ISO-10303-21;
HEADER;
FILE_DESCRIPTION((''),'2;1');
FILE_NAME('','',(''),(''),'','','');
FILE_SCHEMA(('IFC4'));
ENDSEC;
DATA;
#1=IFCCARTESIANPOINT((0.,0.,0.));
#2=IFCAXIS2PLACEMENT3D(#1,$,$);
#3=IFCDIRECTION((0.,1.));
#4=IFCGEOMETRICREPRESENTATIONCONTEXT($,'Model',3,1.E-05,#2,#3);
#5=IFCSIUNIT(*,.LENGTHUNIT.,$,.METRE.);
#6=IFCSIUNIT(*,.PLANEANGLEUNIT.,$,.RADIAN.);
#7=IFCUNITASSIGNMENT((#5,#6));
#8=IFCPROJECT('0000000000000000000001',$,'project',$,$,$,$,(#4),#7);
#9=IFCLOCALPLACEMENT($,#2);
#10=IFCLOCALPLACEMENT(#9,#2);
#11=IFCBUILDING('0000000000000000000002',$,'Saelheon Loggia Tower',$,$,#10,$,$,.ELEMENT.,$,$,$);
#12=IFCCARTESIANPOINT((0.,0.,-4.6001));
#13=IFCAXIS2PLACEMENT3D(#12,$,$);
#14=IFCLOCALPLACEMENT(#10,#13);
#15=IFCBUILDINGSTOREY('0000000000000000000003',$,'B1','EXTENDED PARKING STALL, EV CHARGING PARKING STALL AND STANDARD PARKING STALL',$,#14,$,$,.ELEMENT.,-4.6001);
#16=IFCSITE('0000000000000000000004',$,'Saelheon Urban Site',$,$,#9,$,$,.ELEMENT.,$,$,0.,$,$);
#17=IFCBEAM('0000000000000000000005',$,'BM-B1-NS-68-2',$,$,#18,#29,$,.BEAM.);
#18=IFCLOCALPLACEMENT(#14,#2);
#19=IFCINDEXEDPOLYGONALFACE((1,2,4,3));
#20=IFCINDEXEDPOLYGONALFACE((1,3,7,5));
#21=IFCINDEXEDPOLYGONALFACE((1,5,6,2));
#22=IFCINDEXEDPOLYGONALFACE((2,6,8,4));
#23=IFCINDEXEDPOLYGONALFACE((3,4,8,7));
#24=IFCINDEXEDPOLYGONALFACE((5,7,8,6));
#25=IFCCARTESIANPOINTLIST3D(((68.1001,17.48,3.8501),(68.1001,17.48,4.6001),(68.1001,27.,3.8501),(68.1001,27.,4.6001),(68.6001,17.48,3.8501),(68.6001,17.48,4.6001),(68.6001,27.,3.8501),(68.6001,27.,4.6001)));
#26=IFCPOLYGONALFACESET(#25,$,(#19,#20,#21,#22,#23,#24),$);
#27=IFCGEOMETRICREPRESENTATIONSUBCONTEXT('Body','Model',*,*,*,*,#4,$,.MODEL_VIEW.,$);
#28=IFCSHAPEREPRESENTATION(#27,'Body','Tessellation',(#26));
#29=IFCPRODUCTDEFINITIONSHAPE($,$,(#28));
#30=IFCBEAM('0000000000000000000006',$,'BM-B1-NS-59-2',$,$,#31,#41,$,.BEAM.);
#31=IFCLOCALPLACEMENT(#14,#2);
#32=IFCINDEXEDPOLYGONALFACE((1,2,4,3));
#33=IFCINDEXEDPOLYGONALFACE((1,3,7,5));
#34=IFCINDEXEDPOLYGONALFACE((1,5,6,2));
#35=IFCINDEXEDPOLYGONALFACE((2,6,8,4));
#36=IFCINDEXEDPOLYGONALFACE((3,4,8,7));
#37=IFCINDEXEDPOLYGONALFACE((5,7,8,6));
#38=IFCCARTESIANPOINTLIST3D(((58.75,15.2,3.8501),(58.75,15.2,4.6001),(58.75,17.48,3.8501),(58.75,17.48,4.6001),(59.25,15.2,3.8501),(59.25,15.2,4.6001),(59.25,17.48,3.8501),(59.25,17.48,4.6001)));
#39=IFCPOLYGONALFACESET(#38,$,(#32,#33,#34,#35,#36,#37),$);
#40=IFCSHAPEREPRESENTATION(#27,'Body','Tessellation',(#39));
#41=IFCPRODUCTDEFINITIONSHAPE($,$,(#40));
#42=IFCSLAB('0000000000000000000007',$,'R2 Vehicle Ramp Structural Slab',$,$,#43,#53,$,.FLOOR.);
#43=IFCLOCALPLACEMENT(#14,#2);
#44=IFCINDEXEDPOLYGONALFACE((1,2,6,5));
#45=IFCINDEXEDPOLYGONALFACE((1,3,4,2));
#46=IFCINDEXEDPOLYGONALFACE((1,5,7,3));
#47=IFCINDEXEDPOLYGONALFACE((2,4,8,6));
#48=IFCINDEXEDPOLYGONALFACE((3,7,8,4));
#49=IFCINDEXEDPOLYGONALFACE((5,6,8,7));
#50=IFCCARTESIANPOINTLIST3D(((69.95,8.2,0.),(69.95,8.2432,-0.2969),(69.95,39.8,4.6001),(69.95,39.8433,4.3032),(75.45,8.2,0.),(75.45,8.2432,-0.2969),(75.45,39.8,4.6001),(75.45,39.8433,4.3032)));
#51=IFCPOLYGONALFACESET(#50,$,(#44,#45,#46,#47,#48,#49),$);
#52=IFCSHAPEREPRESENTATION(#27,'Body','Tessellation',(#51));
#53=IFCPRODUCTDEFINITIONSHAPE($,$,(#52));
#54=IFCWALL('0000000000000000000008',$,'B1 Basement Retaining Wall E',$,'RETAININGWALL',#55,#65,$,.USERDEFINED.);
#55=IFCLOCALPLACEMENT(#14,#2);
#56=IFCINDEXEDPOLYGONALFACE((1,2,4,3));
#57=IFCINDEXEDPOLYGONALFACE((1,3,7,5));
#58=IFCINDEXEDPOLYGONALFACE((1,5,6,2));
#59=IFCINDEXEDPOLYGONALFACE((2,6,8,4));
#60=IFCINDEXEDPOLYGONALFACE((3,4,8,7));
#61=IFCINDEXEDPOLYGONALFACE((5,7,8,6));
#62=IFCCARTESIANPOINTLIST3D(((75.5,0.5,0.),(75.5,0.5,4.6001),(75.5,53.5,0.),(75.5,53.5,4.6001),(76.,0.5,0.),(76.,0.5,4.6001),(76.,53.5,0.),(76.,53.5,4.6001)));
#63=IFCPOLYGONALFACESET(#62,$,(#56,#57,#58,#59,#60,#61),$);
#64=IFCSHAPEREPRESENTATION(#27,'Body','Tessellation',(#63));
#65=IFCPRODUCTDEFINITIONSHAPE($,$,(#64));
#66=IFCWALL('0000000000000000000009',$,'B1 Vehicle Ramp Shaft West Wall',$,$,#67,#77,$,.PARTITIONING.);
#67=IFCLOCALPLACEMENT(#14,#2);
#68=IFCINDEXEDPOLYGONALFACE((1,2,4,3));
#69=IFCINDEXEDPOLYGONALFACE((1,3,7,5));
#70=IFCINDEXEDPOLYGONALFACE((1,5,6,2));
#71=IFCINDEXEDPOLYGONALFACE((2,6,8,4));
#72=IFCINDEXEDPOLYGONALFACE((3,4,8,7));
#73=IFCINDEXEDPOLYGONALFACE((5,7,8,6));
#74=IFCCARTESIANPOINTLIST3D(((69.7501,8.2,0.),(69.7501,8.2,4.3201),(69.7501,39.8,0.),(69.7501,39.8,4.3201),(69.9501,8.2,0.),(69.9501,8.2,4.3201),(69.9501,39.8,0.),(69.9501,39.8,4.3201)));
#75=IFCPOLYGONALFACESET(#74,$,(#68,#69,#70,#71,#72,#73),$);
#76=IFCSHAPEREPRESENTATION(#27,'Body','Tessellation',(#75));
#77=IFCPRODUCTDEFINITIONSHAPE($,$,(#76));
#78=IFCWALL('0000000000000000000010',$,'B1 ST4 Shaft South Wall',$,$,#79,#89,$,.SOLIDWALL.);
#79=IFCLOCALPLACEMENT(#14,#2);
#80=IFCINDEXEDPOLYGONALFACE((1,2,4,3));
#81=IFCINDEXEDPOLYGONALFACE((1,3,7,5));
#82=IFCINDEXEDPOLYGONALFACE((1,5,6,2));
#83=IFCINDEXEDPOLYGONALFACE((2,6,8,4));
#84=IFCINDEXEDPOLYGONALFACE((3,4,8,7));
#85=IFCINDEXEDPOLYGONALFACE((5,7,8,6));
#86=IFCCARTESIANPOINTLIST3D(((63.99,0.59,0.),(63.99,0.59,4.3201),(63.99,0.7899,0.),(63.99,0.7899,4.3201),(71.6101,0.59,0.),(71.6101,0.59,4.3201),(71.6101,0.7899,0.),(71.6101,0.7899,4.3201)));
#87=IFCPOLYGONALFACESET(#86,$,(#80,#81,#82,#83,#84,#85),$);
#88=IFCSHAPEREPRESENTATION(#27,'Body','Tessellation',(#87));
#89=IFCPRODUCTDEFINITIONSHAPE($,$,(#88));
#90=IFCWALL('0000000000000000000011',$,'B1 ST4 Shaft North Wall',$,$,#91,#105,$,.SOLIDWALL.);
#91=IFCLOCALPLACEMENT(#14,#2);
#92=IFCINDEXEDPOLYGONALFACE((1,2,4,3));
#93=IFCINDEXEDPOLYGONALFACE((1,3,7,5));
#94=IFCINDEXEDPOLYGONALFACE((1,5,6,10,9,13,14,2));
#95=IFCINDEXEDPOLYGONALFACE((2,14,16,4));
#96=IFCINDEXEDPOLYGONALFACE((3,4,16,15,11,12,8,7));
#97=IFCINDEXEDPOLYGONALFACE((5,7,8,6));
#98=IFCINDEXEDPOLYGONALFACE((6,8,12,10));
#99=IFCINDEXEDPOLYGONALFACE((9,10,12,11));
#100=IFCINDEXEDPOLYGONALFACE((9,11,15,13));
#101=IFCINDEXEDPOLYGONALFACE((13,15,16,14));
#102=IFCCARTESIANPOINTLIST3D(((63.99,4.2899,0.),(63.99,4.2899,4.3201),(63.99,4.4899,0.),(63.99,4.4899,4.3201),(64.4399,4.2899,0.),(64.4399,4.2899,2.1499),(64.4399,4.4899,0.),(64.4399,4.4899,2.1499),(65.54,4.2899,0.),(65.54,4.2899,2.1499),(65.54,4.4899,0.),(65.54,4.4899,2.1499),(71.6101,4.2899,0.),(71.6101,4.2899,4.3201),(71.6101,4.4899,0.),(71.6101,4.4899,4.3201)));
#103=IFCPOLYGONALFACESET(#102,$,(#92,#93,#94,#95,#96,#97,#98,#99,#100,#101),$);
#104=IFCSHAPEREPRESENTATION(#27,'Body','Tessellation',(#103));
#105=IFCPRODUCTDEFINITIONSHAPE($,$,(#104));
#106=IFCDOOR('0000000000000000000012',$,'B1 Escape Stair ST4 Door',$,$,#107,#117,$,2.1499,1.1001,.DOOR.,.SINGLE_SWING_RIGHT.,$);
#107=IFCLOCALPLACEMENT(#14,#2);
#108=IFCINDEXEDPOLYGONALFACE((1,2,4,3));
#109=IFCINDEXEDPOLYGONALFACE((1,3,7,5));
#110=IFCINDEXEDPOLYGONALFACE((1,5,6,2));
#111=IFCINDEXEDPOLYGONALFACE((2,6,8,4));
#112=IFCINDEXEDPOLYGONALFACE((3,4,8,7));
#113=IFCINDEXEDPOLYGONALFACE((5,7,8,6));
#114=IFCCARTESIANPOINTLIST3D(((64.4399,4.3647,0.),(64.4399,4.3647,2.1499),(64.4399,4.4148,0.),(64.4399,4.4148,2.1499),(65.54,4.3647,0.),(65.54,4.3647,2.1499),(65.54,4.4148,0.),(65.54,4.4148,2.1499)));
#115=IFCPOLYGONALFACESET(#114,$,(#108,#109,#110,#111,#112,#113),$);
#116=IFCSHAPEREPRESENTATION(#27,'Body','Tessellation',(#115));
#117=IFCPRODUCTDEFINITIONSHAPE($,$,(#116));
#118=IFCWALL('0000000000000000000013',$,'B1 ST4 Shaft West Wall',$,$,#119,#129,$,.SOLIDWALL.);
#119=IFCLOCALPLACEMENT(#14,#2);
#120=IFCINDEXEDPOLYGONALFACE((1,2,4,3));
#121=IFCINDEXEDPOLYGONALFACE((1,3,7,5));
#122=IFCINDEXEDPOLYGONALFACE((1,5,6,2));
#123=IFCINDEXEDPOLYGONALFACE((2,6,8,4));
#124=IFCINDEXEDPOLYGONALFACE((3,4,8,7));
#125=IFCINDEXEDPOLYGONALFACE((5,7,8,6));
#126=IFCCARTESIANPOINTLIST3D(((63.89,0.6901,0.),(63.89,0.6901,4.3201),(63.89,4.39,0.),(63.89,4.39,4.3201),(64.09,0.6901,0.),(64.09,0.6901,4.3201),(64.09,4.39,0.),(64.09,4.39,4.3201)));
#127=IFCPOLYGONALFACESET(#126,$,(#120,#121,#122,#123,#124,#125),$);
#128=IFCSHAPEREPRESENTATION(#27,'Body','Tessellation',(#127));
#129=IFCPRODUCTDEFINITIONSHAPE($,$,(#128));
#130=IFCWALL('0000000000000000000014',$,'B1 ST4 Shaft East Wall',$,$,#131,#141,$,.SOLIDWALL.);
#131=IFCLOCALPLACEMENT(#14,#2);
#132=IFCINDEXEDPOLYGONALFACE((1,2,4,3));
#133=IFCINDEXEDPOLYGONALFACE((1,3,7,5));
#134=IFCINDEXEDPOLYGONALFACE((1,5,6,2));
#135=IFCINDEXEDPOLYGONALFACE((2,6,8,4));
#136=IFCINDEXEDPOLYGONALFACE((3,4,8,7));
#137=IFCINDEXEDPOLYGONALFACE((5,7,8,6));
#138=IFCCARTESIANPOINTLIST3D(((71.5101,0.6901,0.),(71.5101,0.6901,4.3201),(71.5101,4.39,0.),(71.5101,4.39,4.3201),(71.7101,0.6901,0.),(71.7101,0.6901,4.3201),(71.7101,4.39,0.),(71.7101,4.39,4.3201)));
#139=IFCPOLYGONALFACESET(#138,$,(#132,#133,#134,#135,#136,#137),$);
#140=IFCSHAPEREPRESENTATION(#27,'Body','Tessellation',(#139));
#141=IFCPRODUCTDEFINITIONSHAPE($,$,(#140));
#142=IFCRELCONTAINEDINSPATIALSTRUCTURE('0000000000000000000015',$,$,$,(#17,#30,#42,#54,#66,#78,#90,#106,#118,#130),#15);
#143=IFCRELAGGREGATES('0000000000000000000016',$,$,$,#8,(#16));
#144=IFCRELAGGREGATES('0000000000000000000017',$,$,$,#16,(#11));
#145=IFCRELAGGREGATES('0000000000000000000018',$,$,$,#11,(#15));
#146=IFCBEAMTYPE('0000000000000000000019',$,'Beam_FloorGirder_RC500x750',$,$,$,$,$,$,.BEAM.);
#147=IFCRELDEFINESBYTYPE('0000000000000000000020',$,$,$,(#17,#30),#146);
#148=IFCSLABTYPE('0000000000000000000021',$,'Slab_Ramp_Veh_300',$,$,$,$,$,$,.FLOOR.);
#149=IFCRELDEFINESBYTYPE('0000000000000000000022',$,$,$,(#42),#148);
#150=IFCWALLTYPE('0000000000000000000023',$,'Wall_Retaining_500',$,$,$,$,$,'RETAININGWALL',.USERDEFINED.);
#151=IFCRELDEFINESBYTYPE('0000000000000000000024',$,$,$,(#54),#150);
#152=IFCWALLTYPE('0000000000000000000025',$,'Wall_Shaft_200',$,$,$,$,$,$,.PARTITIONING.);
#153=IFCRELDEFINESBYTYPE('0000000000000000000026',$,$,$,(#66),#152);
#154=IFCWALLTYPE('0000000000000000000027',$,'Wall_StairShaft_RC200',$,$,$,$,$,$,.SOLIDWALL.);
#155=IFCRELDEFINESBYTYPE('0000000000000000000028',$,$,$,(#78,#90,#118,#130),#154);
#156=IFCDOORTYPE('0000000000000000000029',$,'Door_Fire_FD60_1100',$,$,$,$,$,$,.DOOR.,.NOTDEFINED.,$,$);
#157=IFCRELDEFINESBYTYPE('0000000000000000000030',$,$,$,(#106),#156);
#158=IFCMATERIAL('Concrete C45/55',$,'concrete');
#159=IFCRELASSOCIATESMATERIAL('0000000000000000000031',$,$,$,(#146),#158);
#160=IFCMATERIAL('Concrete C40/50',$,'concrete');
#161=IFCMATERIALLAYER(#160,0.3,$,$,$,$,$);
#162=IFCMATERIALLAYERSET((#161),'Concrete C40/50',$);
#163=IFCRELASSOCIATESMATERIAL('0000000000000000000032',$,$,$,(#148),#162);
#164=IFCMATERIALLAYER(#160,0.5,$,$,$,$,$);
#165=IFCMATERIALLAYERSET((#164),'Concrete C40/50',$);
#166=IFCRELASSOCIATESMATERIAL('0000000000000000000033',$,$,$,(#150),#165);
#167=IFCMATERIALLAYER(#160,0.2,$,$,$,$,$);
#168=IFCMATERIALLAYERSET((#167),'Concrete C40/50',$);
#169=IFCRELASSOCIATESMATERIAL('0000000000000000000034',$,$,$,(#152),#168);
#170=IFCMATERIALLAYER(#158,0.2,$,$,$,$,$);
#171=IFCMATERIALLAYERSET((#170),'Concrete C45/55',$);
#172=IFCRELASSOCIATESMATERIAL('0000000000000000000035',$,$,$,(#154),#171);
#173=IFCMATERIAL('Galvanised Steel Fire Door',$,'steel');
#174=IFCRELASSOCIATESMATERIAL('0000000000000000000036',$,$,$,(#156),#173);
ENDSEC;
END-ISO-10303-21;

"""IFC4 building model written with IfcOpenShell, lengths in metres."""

from ifc_helpers import new_model, si_unit, direction, frame, frame_2d, origin, origin_2d, place, context, subcontext, project, spatial, polyline, rectangle, outline, extrude, source, transform, mapped, material, layer, layer_set, material_profile, profile_set, type_object, element, fill, save


model = new_model("IFC4")

# Units and contexts
model_context = context("Model", 3, precision=1e-05, world=origin(), true_north=direction((0.0, 1.0)))
body_context = subcontext(model_context, "Body", "Model", "MODEL_VIEW")
ifc_project = project(units=[si_unit("LENGTHUNIT", "METRE"), si_unit("PLANEANGLEUNIT", "RADIAN")], contexts=[model_context])

# Site, building, storey
site_placement = place(None, origin())
site = spatial("IfcSite", under=ifc_project, at=site_placement, Name="Saelheon Urban Site", CompositionType="ELEMENT", RefElevation=0.0)
building_placement = place(site_placement, origin())
building = spatial("IfcBuilding", under=site, at=building_placement, Name="Saelheon Loggia Tower", CompositionType="ELEMENT")
storey_placement = place(building_placement, frame((0.0, 0.0, -4.6001)))
storey = spatial("IfcBuildingStorey", under=building, at=storey_placement, Name="B1", Description="EXTENDED PARKING STALL, EV CHARGING PARKING STALL AND STANDARD PARKING STALL", CompositionType="ELEMENT", Elevation=-4.6001)

# Shared definitions
ifc_material_1 = material(Name="Concrete C45/55", Category="concrete")

# Beams
ifc_material_profile_1 = material_profile(ifc_material_1, rectangle(XDim=0.5, YDim=0.75, at=origin_2d()), Name="RC-500x750")
ifc_profile_set_1 = profile_set([ifc_material_profile_1], Name="Concrete C45/55")
beam_type_1 = type_object("IfcBeamType", Name="Beam_FloorGirder_RC500x750", PredefinedType="BEAM", material=ifc_profile_set_1)
shared_shape_1 = source(origin(), body_context, "Body", "SweptSolid", [
    extrude(rectangle(XDim=0.5, YDim=0.75, at=origin_2d()), origin(), (0.0, 0.0, 1.0), 9.52),
])
for number, where, z_axis, x_axis, name in (
    (1, (68.3501, 17.48, 4.2251), (0.0, 1.0, 0.0), (-1.0, 0.0, 0.0), "BM-B1-NS-68-2"),
):
    element("IfcBeam", number, at=place(storey_placement, frame(where, z_axis=z_axis, x_axis=x_axis)), inside=storey, type_object=beam_type_1, Name=name, PredefinedType="BEAM", context=body_context, shape_type="MappedRepresentation", body=[
        mapped(shared_shape_1, transform((0.0, 0.0, 0.0), scale=1.0)),
    ])
shared_shape_2 = source(origin(), body_context, "Body", "SweptSolid", [
    extrude(rectangle(XDim=0.5, YDim=0.75, at=origin_2d()), origin(), (0.0, 0.0, 1.0), 2.28),
])
beam_1_placement = place(storey_placement, frame((59.0, 15.2, 4.2251), z_axis=(0.0, 1.0, 0.0), x_axis=(-1.0, 0.0, 0.0)))
element("IfcBeam", 2, at=beam_1_placement, inside=storey, type_object=beam_type_1, Name="BM-B1-NS-59-2", PredefinedType="BEAM", context=body_context, shape_type="MappedRepresentation", body=[
    mapped(shared_shape_2, transform((0.0, 0.0, 0.0), scale=1.0)),
])

# Slab
ifc_material_2 = material(Name="Concrete C40/50", Category="concrete")
ifc_layer_1 = layer(ifc_material_2, 0.3)
ifc_layer_set_1 = layer_set([ifc_layer_1], Name="Concrete C40/50")
slab_type = type_object("IfcSlabType", Name="Slab_Ramp_Veh_300", PredefinedType="FLOOR", material=ifc_layer_set_1)
slab_placement = place(storey_placement, frame((69.95, 8.2, 0.0), z_axis=(0.0, -0.144054, 0.98957), x_axis=(1.0, 0.0, 0.0)))
element("IfcSlab", 3, at=slab_placement, inside=storey, type_object=slab_type, Name="R2 Vehicle Ramp Structural Slab", PredefinedType="FLOOR", context=body_context, shape_type="SweptSolid", body=[
    extrude(outline(polyline([(0.0, 0.0), (5.5, 0.0), (5.5, 31.9332), (0.0, 31.9332), (0.0, 0.0)])), origin(), (0.0, 0.0, -1.0), 0.3),
])

# Walls
ifc_layer_2 = layer(ifc_material_2, 0.5)
ifc_layer_set_2 = layer_set([ifc_layer_2], Name="Concrete C40/50")
wall_type_1 = type_object("IfcWallType", Name="Wall_Retaining_500", ElementType="RETAININGWALL", PredefinedType="USERDEFINED", material=ifc_layer_set_2)
wall_1_placement = place(storey_placement, frame((75.75, 0.5, 0.0), z_axis=(0.0, 0.0, 1.0), x_axis=(0.0, 1.0, 0.0)))
element("IfcWall", 4, at=wall_1_placement, inside=storey, type_object=wall_type_1, Name="B1 Basement Retaining Wall E", ObjectType="RETAININGWALL", PredefinedType="USERDEFINED", context=body_context, shape_type="SweptSolid", body=[
    extrude(rectangle(XDim=53.0, YDim=0.5, at=frame_2d((26.5, 0.0))), origin(), (0.0, 0.0, 1.0), 4.6001),
])
ifc_layer_3 = layer(ifc_material_2, 0.2)
ifc_layer_set_3 = layer_set([ifc_layer_3], Name="Concrete C40/50")
wall_type_2 = type_object("IfcWallType", Name="Wall_Shaft_200", PredefinedType="PARTITIONING", material=ifc_layer_set_3)
wall_2_placement = place(storey_placement, frame((69.8501, 8.2, 0.0), z_axis=(0.0, 0.0, 1.0), x_axis=(0.0, 1.0, 0.0)))
element("IfcWall", 5, at=wall_2_placement, inside=storey, type_object=wall_type_2, Name="B1 Vehicle Ramp Shaft West Wall", PredefinedType="PARTITIONING", context=body_context, shape_type="SweptSolid", body=[
    extrude(rectangle(XDim=31.6001, YDim=0.2, at=frame_2d((15.8, 0.0))), origin(), (0.0, 0.0, 1.0), 4.3201),
])
ifc_layer_4 = layer(ifc_material_1, 0.2)
ifc_layer_set_4 = layer_set([ifc_layer_4], Name="Concrete C45/55")
wall_type_3 = type_object("IfcWallType", Name="Wall_StairShaft_RC200", PredefinedType="SOLIDWALL", material=ifc_layer_set_4)
wall_3_placement = place(storey_placement, frame((63.99, 0.6899, 0.0), z_axis=(0.0, 0.0, 1.0), x_axis=(1.0, 0.0, 0.0)))
element("IfcWall", 6, at=wall_3_placement, inside=storey, type_object=wall_type_3, Name="B1 ST4 Shaft South Wall", PredefinedType="SOLIDWALL", context=body_context, shape_type="SweptSolid", body=[
    extrude(rectangle(XDim=7.6201, YDim=0.2, at=frame_2d((3.8101, 0.0))), origin(), (0.0, 0.0, 1.0), 4.3201),
])

# Wall, opening, door
wall_4_placement = place(storey_placement, frame((63.99, 4.3899, 0.0), z_axis=(0.0, 0.0, 1.0), x_axis=(1.0, 0.0, 0.0)))
wall_4 = element("IfcWall", 7, at=wall_4_placement, inside=storey, type_object=wall_type_3, Name="B1 ST4 Shaft North Wall", PredefinedType="SOLIDWALL", context=body_context, shape_type="SweptSolid", body=[
    extrude(rectangle(XDim=7.6201, YDim=0.2, at=frame_2d((3.8101, 0.0))), origin(), (0.0, 0.0, 1.0), 4.3201),
])
opening_placement = place(wall_4_placement, frame((0.45, 0.0, 0.0)))
opening = element("IfcOpeningElement", 8, at=opening_placement, cuts=wall_4, PredefinedType="OPENING", context=body_context, shape_type="SweptSolid", body=[
    extrude(rectangle(XDim=1.1001, YDim=2.1499, at=frame_2d((0.55, 1.075))), frame((0.0, 0.1121, 0.0), z_axis=(0.0, -1.0, 0.0), x_axis=(1.0, 0.0, 0.0)), (0.0, 0.0, 1.0), 0.2239),
])
ifc_material_3 = material(Name="Galvanised Steel Fire Door", Category="steel")
door_type = type_object("IfcDoorType", Name="Door_Fire_FD60_1100", OperationType="NOTDEFINED", PredefinedType="DOOR", material=ifc_material_3)
shared_shape_3 = source(origin(), body_context, "Body", "SweptSolid", [
    extrude(rectangle(XDim=1.1001, YDim=2.1499, at=frame_2d((0.55, 1.075))), frame((0.0, 0.0249, 0.0), z_axis=(0.0, -1.0, 0.0), x_axis=(1.0, 0.0, 0.0)), (0.0, 0.0, 1.0), 0.05),
])
door_placement = place(opening_placement, origin())
door = element("IfcDoor", 9, at=door_placement, inside=storey, type_object=door_type, Name="B1 Escape Stair ST4 Door", OperationType="SINGLE_SWING_RIGHT", OverallHeight=2.1499, OverallWidth=1.1001, PredefinedType="DOOR", context=body_context, shape_type="MappedRepresentation", body=[
    mapped(shared_shape_3, transform((0.0, 0.0, 0.0), scale=1.0)),
])
fill(opening, door)

# Walls
for number, where, z_axis, x_axis, name in (
    (10, (63.99, 0.6899, 0.0), (0.0, 0.0, 1.0), (0.0, 1.0, 0.0), "B1 ST4 Shaft West Wall"),
    (11, (71.6101, 0.6899, 0.0), (0.0, 0.0, 1.0), (0.0, 1.0, 0.0), "B1 ST4 Shaft East Wall"),
):
    element("IfcWall", number, at=place(storey_placement, frame(where, z_axis=z_axis, x_axis=x_axis)), inside=storey, type_object=wall_type_3, Name=name, PredefinedType="SOLIDWALL", context=body_context, shape_type="SweptSolid", body=[
        extrude(rectangle(XDim=3.7, YDim=0.2, at=frame_2d((1.8501, 0.0))), origin(), (0.0, 0.0, 1.0), 4.3201),
    ])

save(model, "model.ifc")
